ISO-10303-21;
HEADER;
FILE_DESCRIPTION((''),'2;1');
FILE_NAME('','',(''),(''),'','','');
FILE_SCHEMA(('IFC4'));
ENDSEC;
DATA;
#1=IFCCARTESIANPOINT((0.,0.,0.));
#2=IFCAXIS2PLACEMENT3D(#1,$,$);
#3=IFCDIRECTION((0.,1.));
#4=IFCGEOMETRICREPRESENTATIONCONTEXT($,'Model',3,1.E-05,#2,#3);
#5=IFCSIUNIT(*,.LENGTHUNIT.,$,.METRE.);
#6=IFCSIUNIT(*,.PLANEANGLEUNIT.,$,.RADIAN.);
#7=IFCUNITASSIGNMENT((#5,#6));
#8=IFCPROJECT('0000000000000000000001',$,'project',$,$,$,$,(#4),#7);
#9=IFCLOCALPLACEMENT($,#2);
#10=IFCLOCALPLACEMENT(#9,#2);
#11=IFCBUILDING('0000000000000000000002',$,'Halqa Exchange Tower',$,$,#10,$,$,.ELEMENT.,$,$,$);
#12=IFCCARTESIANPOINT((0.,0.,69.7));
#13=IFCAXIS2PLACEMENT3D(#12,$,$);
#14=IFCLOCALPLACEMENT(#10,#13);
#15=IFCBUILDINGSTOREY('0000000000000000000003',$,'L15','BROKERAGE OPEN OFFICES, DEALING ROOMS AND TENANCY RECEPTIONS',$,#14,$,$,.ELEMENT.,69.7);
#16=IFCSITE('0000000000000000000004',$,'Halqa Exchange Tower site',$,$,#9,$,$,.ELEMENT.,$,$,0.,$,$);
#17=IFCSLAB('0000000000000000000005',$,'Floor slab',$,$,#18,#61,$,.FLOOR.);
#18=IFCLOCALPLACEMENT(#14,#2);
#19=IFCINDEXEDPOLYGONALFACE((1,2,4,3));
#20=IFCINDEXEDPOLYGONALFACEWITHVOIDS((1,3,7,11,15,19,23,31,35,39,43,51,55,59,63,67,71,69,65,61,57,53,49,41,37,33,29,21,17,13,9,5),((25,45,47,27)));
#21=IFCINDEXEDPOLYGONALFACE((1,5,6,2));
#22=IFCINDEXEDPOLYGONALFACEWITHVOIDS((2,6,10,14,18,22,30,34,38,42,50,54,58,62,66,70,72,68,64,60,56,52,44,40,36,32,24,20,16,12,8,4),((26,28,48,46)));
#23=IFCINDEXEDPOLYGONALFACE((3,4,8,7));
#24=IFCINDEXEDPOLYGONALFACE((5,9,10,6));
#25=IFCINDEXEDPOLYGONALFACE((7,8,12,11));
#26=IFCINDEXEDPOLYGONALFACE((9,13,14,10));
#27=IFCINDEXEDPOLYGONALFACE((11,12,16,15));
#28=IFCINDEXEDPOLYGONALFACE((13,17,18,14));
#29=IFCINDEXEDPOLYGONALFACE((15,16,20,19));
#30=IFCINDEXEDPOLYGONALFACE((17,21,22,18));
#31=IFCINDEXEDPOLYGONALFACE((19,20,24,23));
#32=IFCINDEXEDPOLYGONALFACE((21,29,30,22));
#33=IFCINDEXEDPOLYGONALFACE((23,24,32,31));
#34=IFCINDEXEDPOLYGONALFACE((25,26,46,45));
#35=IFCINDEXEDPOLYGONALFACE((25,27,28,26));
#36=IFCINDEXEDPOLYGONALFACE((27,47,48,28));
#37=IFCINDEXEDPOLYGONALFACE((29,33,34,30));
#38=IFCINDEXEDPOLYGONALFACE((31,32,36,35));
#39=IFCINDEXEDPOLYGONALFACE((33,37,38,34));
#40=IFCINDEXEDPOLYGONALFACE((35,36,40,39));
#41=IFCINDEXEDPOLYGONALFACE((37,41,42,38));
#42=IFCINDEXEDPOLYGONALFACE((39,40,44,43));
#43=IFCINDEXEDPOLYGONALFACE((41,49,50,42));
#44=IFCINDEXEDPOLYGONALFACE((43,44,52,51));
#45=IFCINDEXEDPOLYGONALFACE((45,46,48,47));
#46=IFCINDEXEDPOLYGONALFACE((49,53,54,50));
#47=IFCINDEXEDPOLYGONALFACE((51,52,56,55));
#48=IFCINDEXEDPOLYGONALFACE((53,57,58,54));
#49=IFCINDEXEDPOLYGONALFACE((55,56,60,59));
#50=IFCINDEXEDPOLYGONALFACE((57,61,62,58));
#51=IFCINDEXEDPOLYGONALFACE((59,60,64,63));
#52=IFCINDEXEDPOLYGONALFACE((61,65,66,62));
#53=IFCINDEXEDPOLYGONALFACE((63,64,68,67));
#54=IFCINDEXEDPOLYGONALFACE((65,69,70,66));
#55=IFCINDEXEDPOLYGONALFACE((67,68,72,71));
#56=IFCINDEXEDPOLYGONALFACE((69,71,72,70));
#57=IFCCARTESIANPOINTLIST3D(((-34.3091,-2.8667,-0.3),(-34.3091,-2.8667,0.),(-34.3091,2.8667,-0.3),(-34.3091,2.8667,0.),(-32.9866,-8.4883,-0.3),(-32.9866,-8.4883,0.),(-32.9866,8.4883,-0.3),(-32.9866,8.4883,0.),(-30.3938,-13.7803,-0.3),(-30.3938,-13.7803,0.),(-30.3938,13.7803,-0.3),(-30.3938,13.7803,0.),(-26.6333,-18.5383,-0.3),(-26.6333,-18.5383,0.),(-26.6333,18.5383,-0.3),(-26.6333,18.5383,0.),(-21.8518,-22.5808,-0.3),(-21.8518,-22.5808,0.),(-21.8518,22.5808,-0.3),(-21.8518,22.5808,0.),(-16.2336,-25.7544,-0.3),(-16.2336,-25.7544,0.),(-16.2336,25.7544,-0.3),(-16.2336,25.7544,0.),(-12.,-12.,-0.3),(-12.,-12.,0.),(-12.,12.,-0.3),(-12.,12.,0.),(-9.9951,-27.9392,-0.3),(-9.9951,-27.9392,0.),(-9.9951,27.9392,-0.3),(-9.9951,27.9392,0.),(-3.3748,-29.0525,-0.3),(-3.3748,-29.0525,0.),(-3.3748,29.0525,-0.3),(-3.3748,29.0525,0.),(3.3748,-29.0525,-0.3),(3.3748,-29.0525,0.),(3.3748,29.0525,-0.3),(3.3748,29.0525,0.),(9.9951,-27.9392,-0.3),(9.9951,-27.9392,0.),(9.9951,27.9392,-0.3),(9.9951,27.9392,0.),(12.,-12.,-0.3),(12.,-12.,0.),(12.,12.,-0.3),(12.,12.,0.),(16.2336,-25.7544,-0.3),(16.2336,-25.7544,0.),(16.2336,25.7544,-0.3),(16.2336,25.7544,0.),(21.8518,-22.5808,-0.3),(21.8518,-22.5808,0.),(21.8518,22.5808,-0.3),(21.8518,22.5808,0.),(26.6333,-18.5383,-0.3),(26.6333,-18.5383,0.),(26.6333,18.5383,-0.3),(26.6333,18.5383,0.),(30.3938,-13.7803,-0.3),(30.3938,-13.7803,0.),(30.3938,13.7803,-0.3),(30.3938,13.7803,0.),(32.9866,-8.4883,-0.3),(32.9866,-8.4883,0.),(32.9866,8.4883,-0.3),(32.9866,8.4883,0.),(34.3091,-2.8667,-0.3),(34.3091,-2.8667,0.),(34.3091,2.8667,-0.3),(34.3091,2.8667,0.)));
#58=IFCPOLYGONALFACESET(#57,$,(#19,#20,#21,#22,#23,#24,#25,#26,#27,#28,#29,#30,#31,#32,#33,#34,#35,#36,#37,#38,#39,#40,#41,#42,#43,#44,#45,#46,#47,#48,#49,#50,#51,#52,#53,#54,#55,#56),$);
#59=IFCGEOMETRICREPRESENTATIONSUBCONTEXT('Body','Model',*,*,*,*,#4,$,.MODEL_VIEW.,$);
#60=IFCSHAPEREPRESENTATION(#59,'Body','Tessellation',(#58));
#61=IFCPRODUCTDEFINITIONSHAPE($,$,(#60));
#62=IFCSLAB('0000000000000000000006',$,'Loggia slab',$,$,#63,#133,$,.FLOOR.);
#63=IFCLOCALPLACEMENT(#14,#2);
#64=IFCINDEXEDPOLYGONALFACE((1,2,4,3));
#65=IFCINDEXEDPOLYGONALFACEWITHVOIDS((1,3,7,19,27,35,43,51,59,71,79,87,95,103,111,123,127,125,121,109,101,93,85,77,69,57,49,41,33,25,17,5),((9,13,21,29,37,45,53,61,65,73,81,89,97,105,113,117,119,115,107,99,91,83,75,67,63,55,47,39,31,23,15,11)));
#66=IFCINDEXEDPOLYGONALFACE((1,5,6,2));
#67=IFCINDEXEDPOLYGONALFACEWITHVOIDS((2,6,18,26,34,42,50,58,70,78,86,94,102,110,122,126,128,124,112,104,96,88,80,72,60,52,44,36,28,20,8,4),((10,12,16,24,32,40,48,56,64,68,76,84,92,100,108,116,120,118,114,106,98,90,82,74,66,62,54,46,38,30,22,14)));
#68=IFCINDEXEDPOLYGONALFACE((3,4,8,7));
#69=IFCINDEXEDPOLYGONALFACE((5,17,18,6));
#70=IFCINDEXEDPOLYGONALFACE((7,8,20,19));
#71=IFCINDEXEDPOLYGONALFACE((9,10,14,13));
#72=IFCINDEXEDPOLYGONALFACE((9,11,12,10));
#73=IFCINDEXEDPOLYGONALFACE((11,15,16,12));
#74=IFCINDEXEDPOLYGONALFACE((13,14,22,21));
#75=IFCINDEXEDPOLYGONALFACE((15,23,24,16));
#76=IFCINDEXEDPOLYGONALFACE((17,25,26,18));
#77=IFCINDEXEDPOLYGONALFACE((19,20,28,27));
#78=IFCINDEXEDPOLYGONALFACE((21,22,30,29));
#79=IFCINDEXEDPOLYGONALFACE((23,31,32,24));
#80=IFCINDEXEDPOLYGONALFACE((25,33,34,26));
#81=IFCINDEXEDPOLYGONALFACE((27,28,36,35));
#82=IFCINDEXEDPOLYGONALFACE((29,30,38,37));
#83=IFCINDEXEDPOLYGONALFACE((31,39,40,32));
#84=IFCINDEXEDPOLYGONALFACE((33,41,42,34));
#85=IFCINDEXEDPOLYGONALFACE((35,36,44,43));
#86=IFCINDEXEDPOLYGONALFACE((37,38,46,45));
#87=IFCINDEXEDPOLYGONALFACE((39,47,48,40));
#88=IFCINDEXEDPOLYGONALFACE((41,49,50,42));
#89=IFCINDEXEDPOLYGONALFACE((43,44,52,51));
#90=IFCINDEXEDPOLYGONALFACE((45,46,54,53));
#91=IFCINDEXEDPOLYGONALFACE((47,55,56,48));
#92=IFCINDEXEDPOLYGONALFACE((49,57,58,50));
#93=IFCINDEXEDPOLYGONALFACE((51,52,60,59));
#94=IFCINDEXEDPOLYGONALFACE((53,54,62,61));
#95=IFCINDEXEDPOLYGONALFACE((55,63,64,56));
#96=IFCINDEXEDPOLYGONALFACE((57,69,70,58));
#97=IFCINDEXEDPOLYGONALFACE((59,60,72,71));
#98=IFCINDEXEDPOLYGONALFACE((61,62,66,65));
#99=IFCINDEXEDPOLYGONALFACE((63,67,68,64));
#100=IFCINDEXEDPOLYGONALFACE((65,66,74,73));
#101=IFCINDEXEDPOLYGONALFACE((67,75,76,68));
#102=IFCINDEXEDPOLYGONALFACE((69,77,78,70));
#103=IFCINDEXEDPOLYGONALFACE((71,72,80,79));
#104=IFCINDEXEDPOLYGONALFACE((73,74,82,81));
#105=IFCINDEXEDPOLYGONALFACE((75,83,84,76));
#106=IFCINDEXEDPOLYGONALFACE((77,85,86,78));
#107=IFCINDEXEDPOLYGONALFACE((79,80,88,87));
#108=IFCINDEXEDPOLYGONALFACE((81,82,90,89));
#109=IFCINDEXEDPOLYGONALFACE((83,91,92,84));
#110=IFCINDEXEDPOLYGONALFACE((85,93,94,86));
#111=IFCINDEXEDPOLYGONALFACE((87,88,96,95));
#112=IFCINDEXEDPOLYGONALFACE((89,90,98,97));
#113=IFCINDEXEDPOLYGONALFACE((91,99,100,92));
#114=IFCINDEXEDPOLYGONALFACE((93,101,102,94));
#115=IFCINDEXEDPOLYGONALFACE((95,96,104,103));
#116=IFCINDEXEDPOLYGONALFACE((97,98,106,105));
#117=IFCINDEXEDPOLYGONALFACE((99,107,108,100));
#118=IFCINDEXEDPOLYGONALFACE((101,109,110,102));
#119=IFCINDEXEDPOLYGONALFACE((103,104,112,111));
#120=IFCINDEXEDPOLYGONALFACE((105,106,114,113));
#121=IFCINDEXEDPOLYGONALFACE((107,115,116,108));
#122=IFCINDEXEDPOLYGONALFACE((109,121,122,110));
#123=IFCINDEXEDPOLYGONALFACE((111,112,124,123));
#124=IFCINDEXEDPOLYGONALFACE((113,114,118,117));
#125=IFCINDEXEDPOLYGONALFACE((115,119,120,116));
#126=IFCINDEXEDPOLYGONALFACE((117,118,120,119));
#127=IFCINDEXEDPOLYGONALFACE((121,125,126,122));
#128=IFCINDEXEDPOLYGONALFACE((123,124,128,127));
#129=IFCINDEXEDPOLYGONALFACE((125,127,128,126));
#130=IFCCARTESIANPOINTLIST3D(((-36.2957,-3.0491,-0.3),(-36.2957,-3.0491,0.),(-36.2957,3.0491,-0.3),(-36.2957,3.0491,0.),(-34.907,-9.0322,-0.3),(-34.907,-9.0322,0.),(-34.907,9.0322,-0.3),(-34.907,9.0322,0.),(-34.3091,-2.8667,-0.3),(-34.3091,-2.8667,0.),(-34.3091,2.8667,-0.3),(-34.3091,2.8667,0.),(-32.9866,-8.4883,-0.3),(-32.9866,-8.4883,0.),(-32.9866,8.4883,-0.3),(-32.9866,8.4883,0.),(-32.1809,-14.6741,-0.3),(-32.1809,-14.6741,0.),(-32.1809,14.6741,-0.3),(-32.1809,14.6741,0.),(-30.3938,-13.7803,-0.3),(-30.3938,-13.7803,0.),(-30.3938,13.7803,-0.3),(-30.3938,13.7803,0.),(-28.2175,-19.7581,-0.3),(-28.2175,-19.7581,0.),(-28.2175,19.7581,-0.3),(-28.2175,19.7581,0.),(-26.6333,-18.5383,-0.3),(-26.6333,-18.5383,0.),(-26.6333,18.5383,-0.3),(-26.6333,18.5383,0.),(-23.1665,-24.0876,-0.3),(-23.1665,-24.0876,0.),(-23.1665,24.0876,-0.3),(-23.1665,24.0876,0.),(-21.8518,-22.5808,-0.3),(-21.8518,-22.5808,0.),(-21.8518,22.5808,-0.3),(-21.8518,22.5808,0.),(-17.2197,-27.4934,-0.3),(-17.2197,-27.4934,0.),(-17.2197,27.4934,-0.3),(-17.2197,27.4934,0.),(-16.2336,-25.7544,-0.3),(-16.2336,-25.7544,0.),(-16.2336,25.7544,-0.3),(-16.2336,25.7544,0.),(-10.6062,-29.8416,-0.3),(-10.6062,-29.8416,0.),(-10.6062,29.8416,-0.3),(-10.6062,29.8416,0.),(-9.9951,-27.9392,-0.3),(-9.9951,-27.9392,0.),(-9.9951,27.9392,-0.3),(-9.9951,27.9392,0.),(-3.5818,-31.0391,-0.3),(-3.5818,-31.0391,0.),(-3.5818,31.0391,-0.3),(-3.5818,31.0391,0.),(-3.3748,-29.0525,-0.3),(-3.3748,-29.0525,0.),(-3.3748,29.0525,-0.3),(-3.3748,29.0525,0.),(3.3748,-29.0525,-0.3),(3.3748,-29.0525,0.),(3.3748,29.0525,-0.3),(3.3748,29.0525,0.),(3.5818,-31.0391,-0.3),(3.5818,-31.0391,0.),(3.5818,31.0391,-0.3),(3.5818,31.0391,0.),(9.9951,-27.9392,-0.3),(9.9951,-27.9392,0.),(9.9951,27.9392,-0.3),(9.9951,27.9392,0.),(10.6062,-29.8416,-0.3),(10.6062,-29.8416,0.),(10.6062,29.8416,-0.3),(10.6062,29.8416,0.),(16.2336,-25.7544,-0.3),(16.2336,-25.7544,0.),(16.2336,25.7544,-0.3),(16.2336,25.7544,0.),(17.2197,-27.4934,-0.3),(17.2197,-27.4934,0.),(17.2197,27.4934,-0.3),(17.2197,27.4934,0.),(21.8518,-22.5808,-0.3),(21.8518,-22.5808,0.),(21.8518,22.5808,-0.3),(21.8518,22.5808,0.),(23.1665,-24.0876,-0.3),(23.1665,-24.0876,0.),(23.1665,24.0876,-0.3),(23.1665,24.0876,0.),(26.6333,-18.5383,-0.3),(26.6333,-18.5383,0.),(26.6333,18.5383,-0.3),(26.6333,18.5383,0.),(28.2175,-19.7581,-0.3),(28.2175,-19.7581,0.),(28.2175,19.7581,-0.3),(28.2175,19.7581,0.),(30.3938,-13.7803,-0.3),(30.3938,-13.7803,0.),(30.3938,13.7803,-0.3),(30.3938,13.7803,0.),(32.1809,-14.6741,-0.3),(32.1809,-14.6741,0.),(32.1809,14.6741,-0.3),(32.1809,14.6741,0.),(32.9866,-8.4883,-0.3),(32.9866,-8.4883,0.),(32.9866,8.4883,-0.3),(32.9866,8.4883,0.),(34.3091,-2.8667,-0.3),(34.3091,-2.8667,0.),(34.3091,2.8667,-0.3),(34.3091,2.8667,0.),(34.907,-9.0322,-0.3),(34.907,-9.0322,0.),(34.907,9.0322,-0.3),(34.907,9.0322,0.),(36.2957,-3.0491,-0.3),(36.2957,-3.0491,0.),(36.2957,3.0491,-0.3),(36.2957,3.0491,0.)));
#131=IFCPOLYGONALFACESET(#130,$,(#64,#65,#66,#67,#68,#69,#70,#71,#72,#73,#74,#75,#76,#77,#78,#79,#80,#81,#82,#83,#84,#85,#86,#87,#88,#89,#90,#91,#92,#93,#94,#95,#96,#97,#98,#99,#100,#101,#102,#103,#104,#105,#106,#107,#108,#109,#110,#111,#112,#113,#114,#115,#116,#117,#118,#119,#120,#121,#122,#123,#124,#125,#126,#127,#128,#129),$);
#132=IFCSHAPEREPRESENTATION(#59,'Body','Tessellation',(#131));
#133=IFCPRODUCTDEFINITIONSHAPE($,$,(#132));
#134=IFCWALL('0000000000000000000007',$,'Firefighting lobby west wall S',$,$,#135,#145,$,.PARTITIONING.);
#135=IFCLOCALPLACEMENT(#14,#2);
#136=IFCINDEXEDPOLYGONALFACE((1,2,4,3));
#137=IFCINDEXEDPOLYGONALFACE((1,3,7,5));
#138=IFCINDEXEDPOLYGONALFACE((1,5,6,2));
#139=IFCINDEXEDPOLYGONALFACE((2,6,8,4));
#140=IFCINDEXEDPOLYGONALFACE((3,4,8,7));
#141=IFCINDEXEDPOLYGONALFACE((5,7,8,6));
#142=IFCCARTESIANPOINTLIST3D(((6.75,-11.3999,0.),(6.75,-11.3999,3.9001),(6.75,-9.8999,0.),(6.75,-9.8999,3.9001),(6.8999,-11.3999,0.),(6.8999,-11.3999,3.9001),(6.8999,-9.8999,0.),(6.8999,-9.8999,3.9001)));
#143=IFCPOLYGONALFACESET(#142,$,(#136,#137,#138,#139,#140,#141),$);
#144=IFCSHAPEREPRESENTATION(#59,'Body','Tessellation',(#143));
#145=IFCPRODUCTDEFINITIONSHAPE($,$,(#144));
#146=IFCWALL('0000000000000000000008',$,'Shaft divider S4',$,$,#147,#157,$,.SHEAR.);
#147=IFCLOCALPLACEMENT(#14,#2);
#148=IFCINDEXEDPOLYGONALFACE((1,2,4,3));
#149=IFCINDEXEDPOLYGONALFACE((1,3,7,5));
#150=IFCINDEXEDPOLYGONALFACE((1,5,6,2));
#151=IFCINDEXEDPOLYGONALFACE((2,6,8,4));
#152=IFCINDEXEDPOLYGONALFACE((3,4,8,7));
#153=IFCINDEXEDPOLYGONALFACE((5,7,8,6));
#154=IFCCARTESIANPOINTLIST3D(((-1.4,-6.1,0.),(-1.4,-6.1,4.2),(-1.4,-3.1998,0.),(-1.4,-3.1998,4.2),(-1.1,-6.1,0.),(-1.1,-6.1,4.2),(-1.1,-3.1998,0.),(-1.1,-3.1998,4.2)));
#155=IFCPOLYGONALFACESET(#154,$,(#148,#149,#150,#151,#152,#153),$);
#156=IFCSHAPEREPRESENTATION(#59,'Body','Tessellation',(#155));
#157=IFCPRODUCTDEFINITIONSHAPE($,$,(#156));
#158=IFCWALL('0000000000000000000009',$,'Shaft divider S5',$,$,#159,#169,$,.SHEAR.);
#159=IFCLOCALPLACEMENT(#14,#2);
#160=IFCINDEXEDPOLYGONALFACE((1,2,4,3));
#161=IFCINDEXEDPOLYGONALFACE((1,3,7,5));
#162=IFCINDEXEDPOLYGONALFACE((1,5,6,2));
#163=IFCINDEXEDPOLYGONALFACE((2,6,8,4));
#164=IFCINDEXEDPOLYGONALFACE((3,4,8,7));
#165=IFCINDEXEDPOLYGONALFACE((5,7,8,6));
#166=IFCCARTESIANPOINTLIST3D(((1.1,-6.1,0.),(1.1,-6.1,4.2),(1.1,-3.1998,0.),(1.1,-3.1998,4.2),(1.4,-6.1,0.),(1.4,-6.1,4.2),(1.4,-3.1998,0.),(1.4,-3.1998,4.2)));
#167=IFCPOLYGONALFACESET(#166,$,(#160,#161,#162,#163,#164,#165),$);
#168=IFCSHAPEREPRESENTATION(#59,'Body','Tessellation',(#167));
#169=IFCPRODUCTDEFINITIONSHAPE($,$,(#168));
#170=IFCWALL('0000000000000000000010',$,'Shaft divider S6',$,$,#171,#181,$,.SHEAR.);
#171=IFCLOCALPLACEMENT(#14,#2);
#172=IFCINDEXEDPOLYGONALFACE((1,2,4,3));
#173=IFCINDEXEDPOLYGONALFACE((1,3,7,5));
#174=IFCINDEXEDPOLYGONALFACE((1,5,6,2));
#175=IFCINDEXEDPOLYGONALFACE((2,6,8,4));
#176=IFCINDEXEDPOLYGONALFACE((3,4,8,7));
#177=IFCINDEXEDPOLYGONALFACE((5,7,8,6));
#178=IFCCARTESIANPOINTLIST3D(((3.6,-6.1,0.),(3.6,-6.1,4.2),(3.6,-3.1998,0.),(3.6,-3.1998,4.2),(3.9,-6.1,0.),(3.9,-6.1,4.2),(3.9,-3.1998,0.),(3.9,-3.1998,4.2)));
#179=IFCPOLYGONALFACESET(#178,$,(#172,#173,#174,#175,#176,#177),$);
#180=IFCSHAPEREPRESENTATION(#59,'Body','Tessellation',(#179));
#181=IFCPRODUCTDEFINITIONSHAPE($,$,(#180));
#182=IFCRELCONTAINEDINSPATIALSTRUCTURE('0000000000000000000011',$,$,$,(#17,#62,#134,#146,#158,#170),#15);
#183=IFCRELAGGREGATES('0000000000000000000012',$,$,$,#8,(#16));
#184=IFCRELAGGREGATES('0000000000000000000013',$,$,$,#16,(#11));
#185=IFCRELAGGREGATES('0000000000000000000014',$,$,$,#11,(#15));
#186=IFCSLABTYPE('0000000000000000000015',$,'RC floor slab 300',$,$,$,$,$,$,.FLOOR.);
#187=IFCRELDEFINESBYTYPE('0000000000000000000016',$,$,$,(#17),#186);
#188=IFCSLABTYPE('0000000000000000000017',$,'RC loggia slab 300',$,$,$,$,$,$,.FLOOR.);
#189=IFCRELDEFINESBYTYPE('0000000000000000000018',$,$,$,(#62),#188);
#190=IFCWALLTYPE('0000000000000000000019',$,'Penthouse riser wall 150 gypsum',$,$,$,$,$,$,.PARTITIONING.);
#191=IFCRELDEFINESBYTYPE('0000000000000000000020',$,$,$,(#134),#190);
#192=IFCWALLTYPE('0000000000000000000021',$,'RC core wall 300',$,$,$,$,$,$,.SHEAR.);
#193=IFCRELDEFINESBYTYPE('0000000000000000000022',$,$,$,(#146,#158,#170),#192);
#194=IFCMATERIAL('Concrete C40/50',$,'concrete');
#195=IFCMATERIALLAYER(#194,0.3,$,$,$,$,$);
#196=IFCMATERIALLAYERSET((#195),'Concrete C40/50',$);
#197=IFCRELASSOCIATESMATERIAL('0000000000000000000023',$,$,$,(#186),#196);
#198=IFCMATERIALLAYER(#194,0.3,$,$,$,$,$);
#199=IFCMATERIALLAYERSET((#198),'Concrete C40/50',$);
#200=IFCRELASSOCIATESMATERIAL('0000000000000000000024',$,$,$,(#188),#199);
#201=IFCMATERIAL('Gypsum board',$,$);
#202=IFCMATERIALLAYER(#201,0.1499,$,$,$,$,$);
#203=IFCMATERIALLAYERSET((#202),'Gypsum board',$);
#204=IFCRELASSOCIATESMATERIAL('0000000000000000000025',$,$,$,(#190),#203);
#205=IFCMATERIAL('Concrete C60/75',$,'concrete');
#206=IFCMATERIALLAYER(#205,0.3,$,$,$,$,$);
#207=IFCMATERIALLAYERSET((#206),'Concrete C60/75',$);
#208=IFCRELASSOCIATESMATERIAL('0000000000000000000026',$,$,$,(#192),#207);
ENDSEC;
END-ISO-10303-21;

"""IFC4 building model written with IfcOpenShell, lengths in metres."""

from ifc_helpers import new_model, si_unit, direction, frame, frame_2d, origin, place, context, subcontext, project, spatial, polyline, rectangle, outline, extrude, material, layer, layer_set, type_object, element, save


model = new_model("IFC4")

# Units and contexts
model_context = context("Model", 3, precision=1e-05, world=origin(), true_north=direction((0.0, 1.0)))
body_context = subcontext(model_context, "Body", "Model", "MODEL_VIEW")
ifc_project = project(units=[si_unit("LENGTHUNIT", "METRE"), si_unit("PLANEANGLEUNIT", "RADIAN")], contexts=[model_context])

# Site, building, storey
site_placement = place(None, origin())
site = spatial("IfcSite", under=ifc_project, at=site_placement, Name="Halqa Exchange Tower site", CompositionType="ELEMENT", RefElevation=0.0)
building_placement = place(site_placement, origin())
building = spatial("IfcBuilding", under=site, at=building_placement, Name="Halqa Exchange Tower", CompositionType="ELEMENT")
storey_placement = place(building_placement, frame((0.0, 0.0, 69.7)))
storey = spatial("IfcBuildingStorey", under=building, at=storey_placement, Name="L15", Description="BROKERAGE OPEN OFFICES, DEALING ROOMS AND TENANCY RECEPTIONS", CompositionType="ELEMENT", Elevation=69.7)

# Shared definitions
ifc_material_1 = material(Name="Concrete C60/75", Category="concrete")

# Slabs
ifc_material_2 = material(Name="Concrete C40/50", Category="concrete")
ifc_layer_1 = layer(ifc_material_2, 0.3)
ifc_layer_set_1 = layer_set([ifc_layer_1], Name="Concrete C40/50")
slab_type_1 = type_object("IfcSlabType", Name="RC floor slab 300", PredefinedType="FLOOR", material=ifc_layer_set_1)
slab_1_placement = place(storey_placement, frame((0.0, 0.0, -0.3)))
element("IfcSlab", 1, at=slab_1_placement, inside=storey, type_object=slab_type_1, Name="Floor slab", PredefinedType="FLOOR", context=body_context, shape_type="SweptSolid", body=[
    extrude(outline(polyline([(34.3091, 2.8667), (32.9866, 8.4883), (30.3938, 13.7803), (26.6333, 18.5383), (21.8518, 22.5808), (16.2336, 25.7544), (9.9951, 27.9392), (3.3748, 29.0525), (-3.3748, 29.0525), (-9.9951, 27.9392), (-16.2336, 25.7544), (-21.8518, 22.5808), (-26.6333, 18.5383), (-30.3938, 13.7803), (-32.9866, 8.4883), (-34.3091, 2.8667), (-34.3091, -2.8667), (-32.9866, -8.4883), (-30.3938, -13.7803), (-26.6333, -18.5383), (-21.8518, -22.5808), (-16.2336, -25.7544), (-9.9951, -27.9392), (-3.3748, -29.0525), (3.3748, -29.0525), (9.9951, -27.9392), (16.2336, -25.7544), (21.8518, -22.5808), (26.6333, -18.5383), (30.3938, -13.7803), (32.9866, -8.4883), (34.3091, -2.8667), (34.3091, 2.8667)]), holes=[polyline([(-12.0, -12.0), (12.0, -12.0), (12.0, 12.0), (-12.0, 12.0), (-12.0, -12.0)])]), origin(), (0.0, 0.0, 1.0), 0.3),
])
ifc_layer_2 = layer(ifc_material_2, 0.3)
ifc_layer_set_2 = layer_set([ifc_layer_2], Name="Concrete C40/50")
slab_type_2 = type_object("IfcSlabType", Name="RC loggia slab 300", PredefinedType="FLOOR", material=ifc_layer_set_2)
slab_2_placement = place(storey_placement, frame((0.0, 0.0, -0.3)))
element("IfcSlab", 2, at=slab_2_placement, inside=storey, type_object=slab_type_2, Name="Loggia slab", PredefinedType="FLOOR", context=body_context, shape_type="SweptSolid", body=[
    extrude(outline(polyline([(36.2957, 3.0491), (36.2957, -3.0491), (34.907, -9.0322), (32.1809, -14.6741), (28.2175, -19.7581), (23.1665, -24.0876), (17.2197, -27.4934), (10.6062, -29.8416), (3.5818, -31.0391), (-3.5818, -31.0391), (-10.6062, -29.8416), (-17.2197, -27.4934), (-23.1665, -24.0876), (-28.2175, -19.7581), (-32.1809, -14.6741), (-34.907, -9.0322), (-36.2957, -3.0491), (-36.2957, 3.0491), (-34.907, 9.0322), (-32.1809, 14.6741), (-28.2175, 19.7581), (-23.1665, 24.0876), (-17.2197, 27.4934), (-10.6062, 29.8416), (-3.5818, 31.0391), (3.5818, 31.0391), (10.6062, 29.8416), (17.2197, 27.4934), (23.1665, 24.0876), (28.2175, 19.7581), (32.1809, 14.6741), (34.907, 9.0322), (36.2957, 3.0491)]), holes=[polyline([(34.3091, 2.8667), (32.9866, 8.4883), (30.3938, 13.7803), (26.6333, 18.5383), (21.8518, 22.5808), (16.2336, 25.7544), (9.9951, 27.9392), (3.3748, 29.0525), (-3.3748, 29.0525), (-9.9951, 27.9392), (-16.2336, 25.7544), (-21.8518, 22.5808), (-26.6333, 18.5383), (-30.3938, 13.7803), (-32.9866, 8.4883), (-34.3091, 2.8667), (-34.3091, -2.8667), (-32.9866, -8.4883), (-30.3938, -13.7803), (-26.6333, -18.5383), (-21.8518, -22.5808), (-16.2336, -25.7544), (-9.9951, -27.9392), (-3.3748, -29.0525), (3.3748, -29.0525), (9.9951, -27.9392), (16.2336, -25.7544), (21.8518, -22.5808), (26.6333, -18.5383), (30.3938, -13.7803), (32.9866, -8.4883), (34.3091, -2.8667), (34.3091, 2.8667)])]), origin(), (0.0, 0.0, 1.0), 0.3),
])

# Walls
ifc_material_3 = material(Name="Gypsum board")
ifc_layer_3 = layer(ifc_material_3, 0.1499)
ifc_layer_set_3 = layer_set([ifc_layer_3], Name="Gypsum board")
wall_type_1 = type_object("IfcWallType", Name="Penthouse riser wall 150 gypsum", PredefinedType="PARTITIONING", material=ifc_layer_set_3)
wall_1_placement = place(storey_placement, frame((6.825, -11.3999, 0.0), z_axis=(0.0, 0.0, 1.0), x_axis=(0.0, 1.0, 0.0)))
element("IfcWall", 3, at=wall_1_placement, inside=storey, type_object=wall_type_1, Name="Firefighting lobby west wall S", PredefinedType="PARTITIONING", context=body_context, shape_type="SweptSolid", body=[
    extrude(rectangle(XDim=1.5, YDim=0.1499, at=frame_2d((0.75, 0.0))), origin(), (0.0, 0.0, 1.0), 3.9001),
])
ifc_layer_4 = layer(ifc_material_1, 0.3)
ifc_layer_set_4 = layer_set([ifc_layer_4], Name="Concrete C60/75")
wall_type_2 = type_object("IfcWallType", Name="RC core wall 300", PredefinedType="SHEAR", material=ifc_layer_set_4)
for number, where, z_axis, x_axis, name in (
    (4, (-1.25, -6.1001, 0.0), (0.0, 0.0, 1.0), (0.0, 1.0, 0.0), "Shaft divider S4"),
    (5, (1.25, -6.1001, 0.0), (0.0, 0.0, 1.0), (0.0, 1.0, 0.0), "Shaft divider S5"),
    (6, (3.75, -6.1001, 0.0), (0.0, 0.0, 1.0), (0.0, 1.0, 0.0), "Shaft divider S6"),
):
    element("IfcWall", number, at=place(storey_placement, frame(where, z_axis=z_axis, x_axis=x_axis)), inside=storey, type_object=wall_type_2, Name=name, PredefinedType="SHEAR", context=body_context, shape_type="SweptSolid", body=[
        extrude(rectangle(XDim=2.9001, YDim=0.3, at=frame_2d((1.4502, 0.0))), origin(), (0.0, 0.0, 1.0), 4.2),
    ])

save(model, "model.ifc")
